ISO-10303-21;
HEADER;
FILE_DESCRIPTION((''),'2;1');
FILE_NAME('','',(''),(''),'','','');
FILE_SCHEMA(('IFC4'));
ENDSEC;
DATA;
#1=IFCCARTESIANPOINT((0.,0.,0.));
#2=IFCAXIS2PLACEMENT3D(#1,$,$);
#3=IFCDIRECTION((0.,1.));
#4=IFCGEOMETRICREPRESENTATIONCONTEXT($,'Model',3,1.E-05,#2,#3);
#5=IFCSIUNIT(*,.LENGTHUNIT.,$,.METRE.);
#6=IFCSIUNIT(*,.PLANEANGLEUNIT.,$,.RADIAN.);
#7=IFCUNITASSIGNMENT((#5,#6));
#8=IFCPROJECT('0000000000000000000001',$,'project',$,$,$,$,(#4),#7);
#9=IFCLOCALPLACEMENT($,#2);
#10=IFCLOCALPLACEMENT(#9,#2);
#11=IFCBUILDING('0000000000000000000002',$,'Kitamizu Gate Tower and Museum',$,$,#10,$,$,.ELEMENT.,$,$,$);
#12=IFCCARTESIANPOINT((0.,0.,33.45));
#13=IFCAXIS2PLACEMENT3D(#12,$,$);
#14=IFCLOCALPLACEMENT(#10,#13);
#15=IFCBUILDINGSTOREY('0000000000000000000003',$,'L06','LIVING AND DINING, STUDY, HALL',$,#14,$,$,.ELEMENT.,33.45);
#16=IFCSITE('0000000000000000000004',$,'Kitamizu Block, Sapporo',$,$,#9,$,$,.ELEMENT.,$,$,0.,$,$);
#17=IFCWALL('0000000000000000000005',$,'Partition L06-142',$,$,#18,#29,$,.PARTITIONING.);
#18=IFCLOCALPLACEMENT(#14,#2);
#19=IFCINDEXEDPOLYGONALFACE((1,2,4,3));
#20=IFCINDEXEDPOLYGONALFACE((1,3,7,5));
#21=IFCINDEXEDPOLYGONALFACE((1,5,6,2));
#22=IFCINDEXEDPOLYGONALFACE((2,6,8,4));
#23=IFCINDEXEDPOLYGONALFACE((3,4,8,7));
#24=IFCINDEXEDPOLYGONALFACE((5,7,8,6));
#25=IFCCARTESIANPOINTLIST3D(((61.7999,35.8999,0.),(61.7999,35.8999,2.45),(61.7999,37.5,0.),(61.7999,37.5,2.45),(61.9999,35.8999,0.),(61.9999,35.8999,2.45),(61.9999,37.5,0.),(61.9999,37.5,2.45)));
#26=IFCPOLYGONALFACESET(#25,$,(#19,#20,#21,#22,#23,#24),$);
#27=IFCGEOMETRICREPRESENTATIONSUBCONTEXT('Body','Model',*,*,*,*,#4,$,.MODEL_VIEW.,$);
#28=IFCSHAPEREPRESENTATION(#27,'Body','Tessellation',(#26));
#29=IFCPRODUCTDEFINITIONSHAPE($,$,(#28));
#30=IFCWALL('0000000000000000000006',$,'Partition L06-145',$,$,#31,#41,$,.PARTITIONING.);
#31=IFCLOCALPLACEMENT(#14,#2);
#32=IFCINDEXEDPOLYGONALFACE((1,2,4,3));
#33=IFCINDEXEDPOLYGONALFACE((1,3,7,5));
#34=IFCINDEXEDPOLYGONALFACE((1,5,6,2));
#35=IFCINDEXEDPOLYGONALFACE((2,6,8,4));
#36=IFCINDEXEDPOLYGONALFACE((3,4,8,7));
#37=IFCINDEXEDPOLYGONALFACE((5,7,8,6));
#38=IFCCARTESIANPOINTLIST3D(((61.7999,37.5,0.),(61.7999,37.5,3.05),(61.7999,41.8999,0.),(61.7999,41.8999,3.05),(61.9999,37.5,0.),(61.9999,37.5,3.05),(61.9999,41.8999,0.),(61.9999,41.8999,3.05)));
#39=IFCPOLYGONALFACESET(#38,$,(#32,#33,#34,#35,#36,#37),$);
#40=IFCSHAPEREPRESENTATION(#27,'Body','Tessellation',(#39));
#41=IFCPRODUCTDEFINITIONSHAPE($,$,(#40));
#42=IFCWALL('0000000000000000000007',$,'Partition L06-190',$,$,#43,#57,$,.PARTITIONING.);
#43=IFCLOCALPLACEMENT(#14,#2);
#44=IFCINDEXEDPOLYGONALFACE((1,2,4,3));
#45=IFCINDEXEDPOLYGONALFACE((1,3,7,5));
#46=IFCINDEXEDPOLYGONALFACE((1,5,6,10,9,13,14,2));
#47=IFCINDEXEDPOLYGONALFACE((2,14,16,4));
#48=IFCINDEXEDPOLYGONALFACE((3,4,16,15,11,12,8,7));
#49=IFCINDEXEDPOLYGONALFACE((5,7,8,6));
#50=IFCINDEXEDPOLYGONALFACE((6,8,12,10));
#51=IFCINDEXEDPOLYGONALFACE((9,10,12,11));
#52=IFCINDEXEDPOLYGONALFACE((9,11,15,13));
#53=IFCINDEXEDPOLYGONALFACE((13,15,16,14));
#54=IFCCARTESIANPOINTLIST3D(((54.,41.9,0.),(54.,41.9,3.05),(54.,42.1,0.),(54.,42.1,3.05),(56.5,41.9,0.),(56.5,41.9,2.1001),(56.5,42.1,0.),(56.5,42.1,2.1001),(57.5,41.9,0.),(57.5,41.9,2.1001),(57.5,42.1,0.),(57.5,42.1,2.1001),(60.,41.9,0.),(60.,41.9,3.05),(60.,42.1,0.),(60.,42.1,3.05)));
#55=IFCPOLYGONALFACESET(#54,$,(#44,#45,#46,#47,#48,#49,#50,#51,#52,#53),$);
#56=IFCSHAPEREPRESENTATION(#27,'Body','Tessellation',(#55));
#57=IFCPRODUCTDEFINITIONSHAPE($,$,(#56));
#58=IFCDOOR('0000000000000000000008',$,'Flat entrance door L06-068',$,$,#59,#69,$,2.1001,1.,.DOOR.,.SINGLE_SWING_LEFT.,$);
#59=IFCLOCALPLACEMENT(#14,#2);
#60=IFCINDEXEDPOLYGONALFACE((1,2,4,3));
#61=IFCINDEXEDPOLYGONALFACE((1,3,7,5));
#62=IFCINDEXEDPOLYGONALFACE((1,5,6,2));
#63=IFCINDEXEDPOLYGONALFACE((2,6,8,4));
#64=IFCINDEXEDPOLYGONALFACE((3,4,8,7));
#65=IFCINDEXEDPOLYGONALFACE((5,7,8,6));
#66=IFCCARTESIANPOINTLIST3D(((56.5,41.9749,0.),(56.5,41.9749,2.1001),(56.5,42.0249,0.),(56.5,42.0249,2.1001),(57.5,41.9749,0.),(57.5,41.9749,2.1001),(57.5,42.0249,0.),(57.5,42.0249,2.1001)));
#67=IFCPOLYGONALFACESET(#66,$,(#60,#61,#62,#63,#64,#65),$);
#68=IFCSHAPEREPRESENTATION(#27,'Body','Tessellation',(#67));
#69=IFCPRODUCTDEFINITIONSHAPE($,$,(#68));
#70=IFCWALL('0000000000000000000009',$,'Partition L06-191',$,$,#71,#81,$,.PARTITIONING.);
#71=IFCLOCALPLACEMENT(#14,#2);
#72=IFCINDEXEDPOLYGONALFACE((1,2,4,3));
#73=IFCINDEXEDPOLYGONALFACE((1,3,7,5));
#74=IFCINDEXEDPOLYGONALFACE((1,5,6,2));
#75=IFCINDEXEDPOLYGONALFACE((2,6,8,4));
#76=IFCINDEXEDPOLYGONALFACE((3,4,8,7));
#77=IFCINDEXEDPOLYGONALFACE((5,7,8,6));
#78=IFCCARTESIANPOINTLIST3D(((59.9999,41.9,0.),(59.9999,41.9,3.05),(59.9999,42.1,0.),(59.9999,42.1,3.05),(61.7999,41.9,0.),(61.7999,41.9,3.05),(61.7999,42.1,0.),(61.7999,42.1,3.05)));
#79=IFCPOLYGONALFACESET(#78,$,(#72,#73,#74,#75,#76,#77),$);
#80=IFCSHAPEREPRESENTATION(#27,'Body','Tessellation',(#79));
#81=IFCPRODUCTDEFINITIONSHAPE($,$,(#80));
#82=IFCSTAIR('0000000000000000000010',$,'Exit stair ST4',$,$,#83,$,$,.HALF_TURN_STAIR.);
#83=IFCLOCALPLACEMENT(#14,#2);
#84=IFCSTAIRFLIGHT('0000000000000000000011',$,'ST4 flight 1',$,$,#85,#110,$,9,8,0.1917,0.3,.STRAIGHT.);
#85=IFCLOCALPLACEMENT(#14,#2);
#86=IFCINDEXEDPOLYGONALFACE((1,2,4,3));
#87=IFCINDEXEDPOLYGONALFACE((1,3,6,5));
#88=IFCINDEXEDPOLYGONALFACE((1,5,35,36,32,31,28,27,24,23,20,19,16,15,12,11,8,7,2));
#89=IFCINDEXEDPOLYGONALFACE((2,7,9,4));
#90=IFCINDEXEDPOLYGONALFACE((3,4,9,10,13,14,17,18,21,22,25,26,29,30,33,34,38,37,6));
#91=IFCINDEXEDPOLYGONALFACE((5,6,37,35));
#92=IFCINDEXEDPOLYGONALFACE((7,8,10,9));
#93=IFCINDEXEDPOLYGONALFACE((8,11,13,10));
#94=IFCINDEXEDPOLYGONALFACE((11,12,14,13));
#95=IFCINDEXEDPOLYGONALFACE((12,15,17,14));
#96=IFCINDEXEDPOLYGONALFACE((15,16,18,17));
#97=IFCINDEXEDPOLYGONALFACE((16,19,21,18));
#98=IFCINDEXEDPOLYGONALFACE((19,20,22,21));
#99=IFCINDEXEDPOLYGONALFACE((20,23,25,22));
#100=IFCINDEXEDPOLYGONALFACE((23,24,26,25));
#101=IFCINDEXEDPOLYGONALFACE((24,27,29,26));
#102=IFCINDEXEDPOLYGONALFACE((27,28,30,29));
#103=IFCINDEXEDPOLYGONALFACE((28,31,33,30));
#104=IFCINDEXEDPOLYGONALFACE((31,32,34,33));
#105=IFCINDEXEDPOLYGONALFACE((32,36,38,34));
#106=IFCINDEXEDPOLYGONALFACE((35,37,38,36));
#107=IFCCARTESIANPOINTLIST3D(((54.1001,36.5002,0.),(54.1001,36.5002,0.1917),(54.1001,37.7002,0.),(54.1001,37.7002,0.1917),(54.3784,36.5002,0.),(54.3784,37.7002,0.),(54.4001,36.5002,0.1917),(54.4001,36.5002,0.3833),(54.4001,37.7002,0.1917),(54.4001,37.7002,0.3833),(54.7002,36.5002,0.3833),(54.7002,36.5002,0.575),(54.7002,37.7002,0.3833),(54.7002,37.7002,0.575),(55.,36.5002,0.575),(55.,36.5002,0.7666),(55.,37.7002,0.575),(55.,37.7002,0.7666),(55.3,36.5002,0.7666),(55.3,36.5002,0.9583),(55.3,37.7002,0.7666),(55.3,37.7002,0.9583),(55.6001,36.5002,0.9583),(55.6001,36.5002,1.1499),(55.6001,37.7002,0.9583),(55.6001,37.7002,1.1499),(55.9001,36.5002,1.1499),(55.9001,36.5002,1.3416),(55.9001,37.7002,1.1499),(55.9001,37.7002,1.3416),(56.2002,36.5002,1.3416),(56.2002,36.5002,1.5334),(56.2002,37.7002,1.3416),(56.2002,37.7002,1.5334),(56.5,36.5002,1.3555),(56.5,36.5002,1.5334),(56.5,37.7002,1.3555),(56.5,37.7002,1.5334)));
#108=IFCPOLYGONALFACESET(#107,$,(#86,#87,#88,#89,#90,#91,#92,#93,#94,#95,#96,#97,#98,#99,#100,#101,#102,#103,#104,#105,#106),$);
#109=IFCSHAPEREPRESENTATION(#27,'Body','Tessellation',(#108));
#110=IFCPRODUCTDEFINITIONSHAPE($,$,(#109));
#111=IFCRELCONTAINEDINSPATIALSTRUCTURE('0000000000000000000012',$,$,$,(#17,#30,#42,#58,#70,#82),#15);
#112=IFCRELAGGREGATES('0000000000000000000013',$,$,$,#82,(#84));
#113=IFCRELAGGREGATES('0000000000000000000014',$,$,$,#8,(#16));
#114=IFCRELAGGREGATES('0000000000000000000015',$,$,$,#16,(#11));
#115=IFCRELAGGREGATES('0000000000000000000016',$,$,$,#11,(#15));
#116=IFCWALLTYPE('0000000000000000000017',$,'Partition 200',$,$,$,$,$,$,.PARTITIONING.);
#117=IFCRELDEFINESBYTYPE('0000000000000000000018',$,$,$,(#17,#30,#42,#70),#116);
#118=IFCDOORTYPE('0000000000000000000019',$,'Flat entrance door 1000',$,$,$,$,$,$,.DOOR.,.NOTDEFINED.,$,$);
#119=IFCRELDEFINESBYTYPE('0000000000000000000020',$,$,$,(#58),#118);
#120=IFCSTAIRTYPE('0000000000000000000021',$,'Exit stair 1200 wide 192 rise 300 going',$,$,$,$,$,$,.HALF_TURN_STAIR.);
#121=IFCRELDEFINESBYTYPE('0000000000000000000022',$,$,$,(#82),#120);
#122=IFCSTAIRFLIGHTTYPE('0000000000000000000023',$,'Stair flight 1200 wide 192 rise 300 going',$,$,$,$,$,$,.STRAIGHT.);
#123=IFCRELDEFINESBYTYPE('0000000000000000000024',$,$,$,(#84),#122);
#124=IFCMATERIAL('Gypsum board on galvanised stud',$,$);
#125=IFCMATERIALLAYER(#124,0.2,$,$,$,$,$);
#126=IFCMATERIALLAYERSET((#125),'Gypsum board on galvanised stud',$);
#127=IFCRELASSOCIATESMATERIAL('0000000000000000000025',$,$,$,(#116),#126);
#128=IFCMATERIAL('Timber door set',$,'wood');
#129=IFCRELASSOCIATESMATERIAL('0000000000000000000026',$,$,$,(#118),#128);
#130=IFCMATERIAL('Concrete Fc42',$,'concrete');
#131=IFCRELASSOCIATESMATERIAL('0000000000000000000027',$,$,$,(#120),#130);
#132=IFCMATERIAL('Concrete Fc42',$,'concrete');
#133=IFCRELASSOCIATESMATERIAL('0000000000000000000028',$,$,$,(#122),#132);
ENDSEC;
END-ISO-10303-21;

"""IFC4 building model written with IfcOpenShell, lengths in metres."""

from ifc_helpers import new_model, si_unit, direction, frame, frame_2d, origin, place, context, subcontext, project, spatial, polyline, rectangle, outline, extrude, material, layer, layer_set, type_object, element, fill, aggregate, save


model = new_model("IFC4")

# Units and contexts
model_context = context("Model", 3, precision=1e-05, world=origin(), true_north=direction((0.0, 1.0)))
body_context = subcontext(model_context, "Body", "Model", "MODEL_VIEW")
ifc_project = project(units=[si_unit("LENGTHUNIT", "METRE"), si_unit("PLANEANGLEUNIT", "RADIAN")], contexts=[model_context])

# Site, building, storey
site_placement = place(None, origin())
site = spatial("IfcSite", under=ifc_project, at=site_placement, Name="Kitamizu Block, Sapporo", CompositionType="ELEMENT", RefElevation=0.0)
building_placement = place(site_placement, origin())
building = spatial("IfcBuilding", under=site, at=building_placement, Name="Kitamizu Gate Tower and Museum", CompositionType="ELEMENT")
storey_placement = place(building_placement, frame((0.0, 0.0, 33.45)))
storey = spatial("IfcBuildingStorey", under=building, at=storey_placement, Name="L06", Description="LIVING AND DINING, STUDY, HALL", CompositionType="ELEMENT", Elevation=33.45)

# Walls
ifc_material_1 = material(Name="Gypsum board on galvanised stud")
ifc_layer_1 = layer(ifc_material_1, 0.2)
ifc_layer_set_1 = layer_set([ifc_layer_1], Name="Gypsum board on galvanised stud")
wall_type_1 = type_object("IfcWallType", Name="Partition 200", PredefinedType="PARTITIONING", material=ifc_layer_set_1)
wall_1_placement = place(storey_placement, frame((61.8999, 37.5, 0.0), z_axis=(0.0, 0.0, 1.0), x_axis=(0.0, -1.0, 0.0)))
element("IfcWall", 1, at=wall_1_placement, inside=storey, type_object=wall_type_1, Name="Partition L06-142", PredefinedType="PARTITIONING", context=body_context, shape_type="SweptSolid", body=[
    extrude(rectangle(XDim=1.6001, YDim=0.2, at=frame_2d((0.8, 0.0))), origin(), (0.0, 0.0, 1.0), 2.45),
])
wall_2_placement = place(storey_placement, frame((61.8999, 41.8999, 0.0), z_axis=(0.0, 0.0, 1.0), x_axis=(0.0, -1.0, 0.0)))
element("IfcWall", 2, at=wall_2_placement, inside=storey, type_object=wall_type_1, Name="Partition L06-145", PredefinedType="PARTITIONING", context=body_context, shape_type="SweptSolid", body=[
    extrude(rectangle(XDim=4.3999, YDim=0.2, at=frame_2d((2.2, 0.0))), origin(), (0.0, 0.0, 1.0), 3.05),
])

# Wall, opening, door
wall_3_placement = place(storey_placement, frame((54.0, 42.0, 0.0), z_axis=(0.0, 0.0, 1.0), x_axis=(1.0, 0.0, 0.0)))
wall_3 = element("IfcWall", 3, at=wall_3_placement, inside=storey, type_object=wall_type_1, Name="Partition L06-190", PredefinedType="PARTITIONING", context=body_context, shape_type="SweptSolid", body=[
    extrude(rectangle(XDim=6.0, YDim=0.2, at=frame_2d((3.0, 0.0))), origin(), (0.0, 0.0, 1.0), 3.05),
])
opening_1_placement = place(wall_3_placement, frame((2.5, 0.0, 0.0)))
opening_1 = element("IfcOpeningElement", 4, at=opening_1_placement, cuts=wall_3, PredefinedType="OPENING", context=body_context, shape_type="SweptSolid", body=[
    extrude(rectangle(XDim=1.0, YDim=2.1001, at=frame_2d((0.5, 1.05))), frame((0.0, 0.1099, 0.0), z_axis=(0.0, -1.0, 0.0), x_axis=(1.0, 0.0, 0.0)), (0.0, 0.0, 1.0), 0.22),
])
ifc_material_2 = material(Name="Timber door set", Category="wood")
door_type_1 = type_object("IfcDoorType", Name="Flat entrance door 1000", OperationType="NOTDEFINED", PredefinedType="DOOR", material=ifc_material_2)
door_1_placement = place(opening_1_placement, origin())
door_1 = element("IfcDoor", 5, at=door_1_placement, inside=storey, type_object=door_type_1, Name="Flat entrance door L06-068", OperationType="SINGLE_SWING_LEFT", OverallHeight=2.1001, OverallWidth=1.0, PredefinedType="DOOR", context=body_context, shape_type="SweptSolid", body=[
    extrude(rectangle(XDim=1.0, YDim=2.1001, at=frame_2d((0.5, 1.05))), frame((0.0, 0.0249, 0.0), z_axis=(0.0, -1.0, 0.0), x_axis=(1.0, 0.0, 0.0)), (0.0, 0.0, 1.0), 0.05),
])
fill(opening_1, door_1)

# Wall
wall_4_placement = place(storey_placement, frame((60.0, 42.0, 0.0), z_axis=(0.0, 0.0, 1.0), x_axis=(1.0, 0.0, 0.0)))
element("IfcWall", 6, at=wall_4_placement, inside=storey, type_object=wall_type_1, Name="Partition L06-191", PredefinedType="PARTITIONING", context=body_context, shape_type="SweptSolid", body=[
    extrude(rectangle(XDim=1.8, YDim=0.2, at=frame_2d((0.8999, 0.0))), origin(), (0.0, 0.0, 1.0), 3.05),
])

# Stair, stair flight
ifc_material_3 = material(Name="Concrete Fc42", Category="concrete")
stair_type = type_object("IfcStairType", Name="Exit stair 1200 wide 192 rise 300 going", PredefinedType="HALF_TURN_STAIR", material=ifc_material_3)
stair_placement = place(storey_placement, origin())
stair = element("IfcStair", 7, at=stair_placement, inside=storey, type_object=stair_type, Name="Exit stair ST4", PredefinedType="HALF_TURN_STAIR")
ifc_material_4 = material(Name="Concrete Fc42", Category="concrete")
stair_flight_type = type_object("IfcStairFlightType", Name="Stair flight 1200 wide 192 rise 300 going", PredefinedType="STRAIGHT", material=ifc_material_4)
stair_flight_placement = place(storey_placement, frame((54.1001, 37.1001, 0.0), z_axis=(0.0, 0.0, 1.0), x_axis=(1.0, 0.0, 0.0)))
stair_flight = element("IfcStairFlight", 8, at=stair_flight_placement, type_object=stair_flight_type, Name="ST4 flight 1", NumberOfRisers=9, NumberOfTreads=8, PredefinedType="STRAIGHT", RiserHeight=0.1917, TreadLength=0.3, context=body_context, shape_type="SweptSolid", body=[
    extrude(outline(polyline([(0.0, 0.0), (0.0, 0.1917), (0.3, 0.1917), (0.3, 0.3833), (0.6001, 0.3833), (0.6001, 0.575), (0.8999, 0.575), (0.8999, 0.7666), (1.2, 0.7666), (1.2, 0.9583), (1.5, 0.9583), (1.5, 1.1499), (1.8, 1.1499), (1.8, 1.3416), (2.1001, 1.3416), (2.1001, 1.5334), (2.3999, 1.5334), (2.3999, 1.7251), (2.3999, 1.3555), (0.2783, 0.0), (0.0, 0.0)])), frame((0.0, 0.6001, 0.0), z_axis=(0.0, -1.0, 0.0), x_axis=(1.0, 0.0, 0.0)), (0.0, 0.0, 1.0), 1.2),
])
aggregate(stair, [stair_flight])

save(model, "model.ifc")
